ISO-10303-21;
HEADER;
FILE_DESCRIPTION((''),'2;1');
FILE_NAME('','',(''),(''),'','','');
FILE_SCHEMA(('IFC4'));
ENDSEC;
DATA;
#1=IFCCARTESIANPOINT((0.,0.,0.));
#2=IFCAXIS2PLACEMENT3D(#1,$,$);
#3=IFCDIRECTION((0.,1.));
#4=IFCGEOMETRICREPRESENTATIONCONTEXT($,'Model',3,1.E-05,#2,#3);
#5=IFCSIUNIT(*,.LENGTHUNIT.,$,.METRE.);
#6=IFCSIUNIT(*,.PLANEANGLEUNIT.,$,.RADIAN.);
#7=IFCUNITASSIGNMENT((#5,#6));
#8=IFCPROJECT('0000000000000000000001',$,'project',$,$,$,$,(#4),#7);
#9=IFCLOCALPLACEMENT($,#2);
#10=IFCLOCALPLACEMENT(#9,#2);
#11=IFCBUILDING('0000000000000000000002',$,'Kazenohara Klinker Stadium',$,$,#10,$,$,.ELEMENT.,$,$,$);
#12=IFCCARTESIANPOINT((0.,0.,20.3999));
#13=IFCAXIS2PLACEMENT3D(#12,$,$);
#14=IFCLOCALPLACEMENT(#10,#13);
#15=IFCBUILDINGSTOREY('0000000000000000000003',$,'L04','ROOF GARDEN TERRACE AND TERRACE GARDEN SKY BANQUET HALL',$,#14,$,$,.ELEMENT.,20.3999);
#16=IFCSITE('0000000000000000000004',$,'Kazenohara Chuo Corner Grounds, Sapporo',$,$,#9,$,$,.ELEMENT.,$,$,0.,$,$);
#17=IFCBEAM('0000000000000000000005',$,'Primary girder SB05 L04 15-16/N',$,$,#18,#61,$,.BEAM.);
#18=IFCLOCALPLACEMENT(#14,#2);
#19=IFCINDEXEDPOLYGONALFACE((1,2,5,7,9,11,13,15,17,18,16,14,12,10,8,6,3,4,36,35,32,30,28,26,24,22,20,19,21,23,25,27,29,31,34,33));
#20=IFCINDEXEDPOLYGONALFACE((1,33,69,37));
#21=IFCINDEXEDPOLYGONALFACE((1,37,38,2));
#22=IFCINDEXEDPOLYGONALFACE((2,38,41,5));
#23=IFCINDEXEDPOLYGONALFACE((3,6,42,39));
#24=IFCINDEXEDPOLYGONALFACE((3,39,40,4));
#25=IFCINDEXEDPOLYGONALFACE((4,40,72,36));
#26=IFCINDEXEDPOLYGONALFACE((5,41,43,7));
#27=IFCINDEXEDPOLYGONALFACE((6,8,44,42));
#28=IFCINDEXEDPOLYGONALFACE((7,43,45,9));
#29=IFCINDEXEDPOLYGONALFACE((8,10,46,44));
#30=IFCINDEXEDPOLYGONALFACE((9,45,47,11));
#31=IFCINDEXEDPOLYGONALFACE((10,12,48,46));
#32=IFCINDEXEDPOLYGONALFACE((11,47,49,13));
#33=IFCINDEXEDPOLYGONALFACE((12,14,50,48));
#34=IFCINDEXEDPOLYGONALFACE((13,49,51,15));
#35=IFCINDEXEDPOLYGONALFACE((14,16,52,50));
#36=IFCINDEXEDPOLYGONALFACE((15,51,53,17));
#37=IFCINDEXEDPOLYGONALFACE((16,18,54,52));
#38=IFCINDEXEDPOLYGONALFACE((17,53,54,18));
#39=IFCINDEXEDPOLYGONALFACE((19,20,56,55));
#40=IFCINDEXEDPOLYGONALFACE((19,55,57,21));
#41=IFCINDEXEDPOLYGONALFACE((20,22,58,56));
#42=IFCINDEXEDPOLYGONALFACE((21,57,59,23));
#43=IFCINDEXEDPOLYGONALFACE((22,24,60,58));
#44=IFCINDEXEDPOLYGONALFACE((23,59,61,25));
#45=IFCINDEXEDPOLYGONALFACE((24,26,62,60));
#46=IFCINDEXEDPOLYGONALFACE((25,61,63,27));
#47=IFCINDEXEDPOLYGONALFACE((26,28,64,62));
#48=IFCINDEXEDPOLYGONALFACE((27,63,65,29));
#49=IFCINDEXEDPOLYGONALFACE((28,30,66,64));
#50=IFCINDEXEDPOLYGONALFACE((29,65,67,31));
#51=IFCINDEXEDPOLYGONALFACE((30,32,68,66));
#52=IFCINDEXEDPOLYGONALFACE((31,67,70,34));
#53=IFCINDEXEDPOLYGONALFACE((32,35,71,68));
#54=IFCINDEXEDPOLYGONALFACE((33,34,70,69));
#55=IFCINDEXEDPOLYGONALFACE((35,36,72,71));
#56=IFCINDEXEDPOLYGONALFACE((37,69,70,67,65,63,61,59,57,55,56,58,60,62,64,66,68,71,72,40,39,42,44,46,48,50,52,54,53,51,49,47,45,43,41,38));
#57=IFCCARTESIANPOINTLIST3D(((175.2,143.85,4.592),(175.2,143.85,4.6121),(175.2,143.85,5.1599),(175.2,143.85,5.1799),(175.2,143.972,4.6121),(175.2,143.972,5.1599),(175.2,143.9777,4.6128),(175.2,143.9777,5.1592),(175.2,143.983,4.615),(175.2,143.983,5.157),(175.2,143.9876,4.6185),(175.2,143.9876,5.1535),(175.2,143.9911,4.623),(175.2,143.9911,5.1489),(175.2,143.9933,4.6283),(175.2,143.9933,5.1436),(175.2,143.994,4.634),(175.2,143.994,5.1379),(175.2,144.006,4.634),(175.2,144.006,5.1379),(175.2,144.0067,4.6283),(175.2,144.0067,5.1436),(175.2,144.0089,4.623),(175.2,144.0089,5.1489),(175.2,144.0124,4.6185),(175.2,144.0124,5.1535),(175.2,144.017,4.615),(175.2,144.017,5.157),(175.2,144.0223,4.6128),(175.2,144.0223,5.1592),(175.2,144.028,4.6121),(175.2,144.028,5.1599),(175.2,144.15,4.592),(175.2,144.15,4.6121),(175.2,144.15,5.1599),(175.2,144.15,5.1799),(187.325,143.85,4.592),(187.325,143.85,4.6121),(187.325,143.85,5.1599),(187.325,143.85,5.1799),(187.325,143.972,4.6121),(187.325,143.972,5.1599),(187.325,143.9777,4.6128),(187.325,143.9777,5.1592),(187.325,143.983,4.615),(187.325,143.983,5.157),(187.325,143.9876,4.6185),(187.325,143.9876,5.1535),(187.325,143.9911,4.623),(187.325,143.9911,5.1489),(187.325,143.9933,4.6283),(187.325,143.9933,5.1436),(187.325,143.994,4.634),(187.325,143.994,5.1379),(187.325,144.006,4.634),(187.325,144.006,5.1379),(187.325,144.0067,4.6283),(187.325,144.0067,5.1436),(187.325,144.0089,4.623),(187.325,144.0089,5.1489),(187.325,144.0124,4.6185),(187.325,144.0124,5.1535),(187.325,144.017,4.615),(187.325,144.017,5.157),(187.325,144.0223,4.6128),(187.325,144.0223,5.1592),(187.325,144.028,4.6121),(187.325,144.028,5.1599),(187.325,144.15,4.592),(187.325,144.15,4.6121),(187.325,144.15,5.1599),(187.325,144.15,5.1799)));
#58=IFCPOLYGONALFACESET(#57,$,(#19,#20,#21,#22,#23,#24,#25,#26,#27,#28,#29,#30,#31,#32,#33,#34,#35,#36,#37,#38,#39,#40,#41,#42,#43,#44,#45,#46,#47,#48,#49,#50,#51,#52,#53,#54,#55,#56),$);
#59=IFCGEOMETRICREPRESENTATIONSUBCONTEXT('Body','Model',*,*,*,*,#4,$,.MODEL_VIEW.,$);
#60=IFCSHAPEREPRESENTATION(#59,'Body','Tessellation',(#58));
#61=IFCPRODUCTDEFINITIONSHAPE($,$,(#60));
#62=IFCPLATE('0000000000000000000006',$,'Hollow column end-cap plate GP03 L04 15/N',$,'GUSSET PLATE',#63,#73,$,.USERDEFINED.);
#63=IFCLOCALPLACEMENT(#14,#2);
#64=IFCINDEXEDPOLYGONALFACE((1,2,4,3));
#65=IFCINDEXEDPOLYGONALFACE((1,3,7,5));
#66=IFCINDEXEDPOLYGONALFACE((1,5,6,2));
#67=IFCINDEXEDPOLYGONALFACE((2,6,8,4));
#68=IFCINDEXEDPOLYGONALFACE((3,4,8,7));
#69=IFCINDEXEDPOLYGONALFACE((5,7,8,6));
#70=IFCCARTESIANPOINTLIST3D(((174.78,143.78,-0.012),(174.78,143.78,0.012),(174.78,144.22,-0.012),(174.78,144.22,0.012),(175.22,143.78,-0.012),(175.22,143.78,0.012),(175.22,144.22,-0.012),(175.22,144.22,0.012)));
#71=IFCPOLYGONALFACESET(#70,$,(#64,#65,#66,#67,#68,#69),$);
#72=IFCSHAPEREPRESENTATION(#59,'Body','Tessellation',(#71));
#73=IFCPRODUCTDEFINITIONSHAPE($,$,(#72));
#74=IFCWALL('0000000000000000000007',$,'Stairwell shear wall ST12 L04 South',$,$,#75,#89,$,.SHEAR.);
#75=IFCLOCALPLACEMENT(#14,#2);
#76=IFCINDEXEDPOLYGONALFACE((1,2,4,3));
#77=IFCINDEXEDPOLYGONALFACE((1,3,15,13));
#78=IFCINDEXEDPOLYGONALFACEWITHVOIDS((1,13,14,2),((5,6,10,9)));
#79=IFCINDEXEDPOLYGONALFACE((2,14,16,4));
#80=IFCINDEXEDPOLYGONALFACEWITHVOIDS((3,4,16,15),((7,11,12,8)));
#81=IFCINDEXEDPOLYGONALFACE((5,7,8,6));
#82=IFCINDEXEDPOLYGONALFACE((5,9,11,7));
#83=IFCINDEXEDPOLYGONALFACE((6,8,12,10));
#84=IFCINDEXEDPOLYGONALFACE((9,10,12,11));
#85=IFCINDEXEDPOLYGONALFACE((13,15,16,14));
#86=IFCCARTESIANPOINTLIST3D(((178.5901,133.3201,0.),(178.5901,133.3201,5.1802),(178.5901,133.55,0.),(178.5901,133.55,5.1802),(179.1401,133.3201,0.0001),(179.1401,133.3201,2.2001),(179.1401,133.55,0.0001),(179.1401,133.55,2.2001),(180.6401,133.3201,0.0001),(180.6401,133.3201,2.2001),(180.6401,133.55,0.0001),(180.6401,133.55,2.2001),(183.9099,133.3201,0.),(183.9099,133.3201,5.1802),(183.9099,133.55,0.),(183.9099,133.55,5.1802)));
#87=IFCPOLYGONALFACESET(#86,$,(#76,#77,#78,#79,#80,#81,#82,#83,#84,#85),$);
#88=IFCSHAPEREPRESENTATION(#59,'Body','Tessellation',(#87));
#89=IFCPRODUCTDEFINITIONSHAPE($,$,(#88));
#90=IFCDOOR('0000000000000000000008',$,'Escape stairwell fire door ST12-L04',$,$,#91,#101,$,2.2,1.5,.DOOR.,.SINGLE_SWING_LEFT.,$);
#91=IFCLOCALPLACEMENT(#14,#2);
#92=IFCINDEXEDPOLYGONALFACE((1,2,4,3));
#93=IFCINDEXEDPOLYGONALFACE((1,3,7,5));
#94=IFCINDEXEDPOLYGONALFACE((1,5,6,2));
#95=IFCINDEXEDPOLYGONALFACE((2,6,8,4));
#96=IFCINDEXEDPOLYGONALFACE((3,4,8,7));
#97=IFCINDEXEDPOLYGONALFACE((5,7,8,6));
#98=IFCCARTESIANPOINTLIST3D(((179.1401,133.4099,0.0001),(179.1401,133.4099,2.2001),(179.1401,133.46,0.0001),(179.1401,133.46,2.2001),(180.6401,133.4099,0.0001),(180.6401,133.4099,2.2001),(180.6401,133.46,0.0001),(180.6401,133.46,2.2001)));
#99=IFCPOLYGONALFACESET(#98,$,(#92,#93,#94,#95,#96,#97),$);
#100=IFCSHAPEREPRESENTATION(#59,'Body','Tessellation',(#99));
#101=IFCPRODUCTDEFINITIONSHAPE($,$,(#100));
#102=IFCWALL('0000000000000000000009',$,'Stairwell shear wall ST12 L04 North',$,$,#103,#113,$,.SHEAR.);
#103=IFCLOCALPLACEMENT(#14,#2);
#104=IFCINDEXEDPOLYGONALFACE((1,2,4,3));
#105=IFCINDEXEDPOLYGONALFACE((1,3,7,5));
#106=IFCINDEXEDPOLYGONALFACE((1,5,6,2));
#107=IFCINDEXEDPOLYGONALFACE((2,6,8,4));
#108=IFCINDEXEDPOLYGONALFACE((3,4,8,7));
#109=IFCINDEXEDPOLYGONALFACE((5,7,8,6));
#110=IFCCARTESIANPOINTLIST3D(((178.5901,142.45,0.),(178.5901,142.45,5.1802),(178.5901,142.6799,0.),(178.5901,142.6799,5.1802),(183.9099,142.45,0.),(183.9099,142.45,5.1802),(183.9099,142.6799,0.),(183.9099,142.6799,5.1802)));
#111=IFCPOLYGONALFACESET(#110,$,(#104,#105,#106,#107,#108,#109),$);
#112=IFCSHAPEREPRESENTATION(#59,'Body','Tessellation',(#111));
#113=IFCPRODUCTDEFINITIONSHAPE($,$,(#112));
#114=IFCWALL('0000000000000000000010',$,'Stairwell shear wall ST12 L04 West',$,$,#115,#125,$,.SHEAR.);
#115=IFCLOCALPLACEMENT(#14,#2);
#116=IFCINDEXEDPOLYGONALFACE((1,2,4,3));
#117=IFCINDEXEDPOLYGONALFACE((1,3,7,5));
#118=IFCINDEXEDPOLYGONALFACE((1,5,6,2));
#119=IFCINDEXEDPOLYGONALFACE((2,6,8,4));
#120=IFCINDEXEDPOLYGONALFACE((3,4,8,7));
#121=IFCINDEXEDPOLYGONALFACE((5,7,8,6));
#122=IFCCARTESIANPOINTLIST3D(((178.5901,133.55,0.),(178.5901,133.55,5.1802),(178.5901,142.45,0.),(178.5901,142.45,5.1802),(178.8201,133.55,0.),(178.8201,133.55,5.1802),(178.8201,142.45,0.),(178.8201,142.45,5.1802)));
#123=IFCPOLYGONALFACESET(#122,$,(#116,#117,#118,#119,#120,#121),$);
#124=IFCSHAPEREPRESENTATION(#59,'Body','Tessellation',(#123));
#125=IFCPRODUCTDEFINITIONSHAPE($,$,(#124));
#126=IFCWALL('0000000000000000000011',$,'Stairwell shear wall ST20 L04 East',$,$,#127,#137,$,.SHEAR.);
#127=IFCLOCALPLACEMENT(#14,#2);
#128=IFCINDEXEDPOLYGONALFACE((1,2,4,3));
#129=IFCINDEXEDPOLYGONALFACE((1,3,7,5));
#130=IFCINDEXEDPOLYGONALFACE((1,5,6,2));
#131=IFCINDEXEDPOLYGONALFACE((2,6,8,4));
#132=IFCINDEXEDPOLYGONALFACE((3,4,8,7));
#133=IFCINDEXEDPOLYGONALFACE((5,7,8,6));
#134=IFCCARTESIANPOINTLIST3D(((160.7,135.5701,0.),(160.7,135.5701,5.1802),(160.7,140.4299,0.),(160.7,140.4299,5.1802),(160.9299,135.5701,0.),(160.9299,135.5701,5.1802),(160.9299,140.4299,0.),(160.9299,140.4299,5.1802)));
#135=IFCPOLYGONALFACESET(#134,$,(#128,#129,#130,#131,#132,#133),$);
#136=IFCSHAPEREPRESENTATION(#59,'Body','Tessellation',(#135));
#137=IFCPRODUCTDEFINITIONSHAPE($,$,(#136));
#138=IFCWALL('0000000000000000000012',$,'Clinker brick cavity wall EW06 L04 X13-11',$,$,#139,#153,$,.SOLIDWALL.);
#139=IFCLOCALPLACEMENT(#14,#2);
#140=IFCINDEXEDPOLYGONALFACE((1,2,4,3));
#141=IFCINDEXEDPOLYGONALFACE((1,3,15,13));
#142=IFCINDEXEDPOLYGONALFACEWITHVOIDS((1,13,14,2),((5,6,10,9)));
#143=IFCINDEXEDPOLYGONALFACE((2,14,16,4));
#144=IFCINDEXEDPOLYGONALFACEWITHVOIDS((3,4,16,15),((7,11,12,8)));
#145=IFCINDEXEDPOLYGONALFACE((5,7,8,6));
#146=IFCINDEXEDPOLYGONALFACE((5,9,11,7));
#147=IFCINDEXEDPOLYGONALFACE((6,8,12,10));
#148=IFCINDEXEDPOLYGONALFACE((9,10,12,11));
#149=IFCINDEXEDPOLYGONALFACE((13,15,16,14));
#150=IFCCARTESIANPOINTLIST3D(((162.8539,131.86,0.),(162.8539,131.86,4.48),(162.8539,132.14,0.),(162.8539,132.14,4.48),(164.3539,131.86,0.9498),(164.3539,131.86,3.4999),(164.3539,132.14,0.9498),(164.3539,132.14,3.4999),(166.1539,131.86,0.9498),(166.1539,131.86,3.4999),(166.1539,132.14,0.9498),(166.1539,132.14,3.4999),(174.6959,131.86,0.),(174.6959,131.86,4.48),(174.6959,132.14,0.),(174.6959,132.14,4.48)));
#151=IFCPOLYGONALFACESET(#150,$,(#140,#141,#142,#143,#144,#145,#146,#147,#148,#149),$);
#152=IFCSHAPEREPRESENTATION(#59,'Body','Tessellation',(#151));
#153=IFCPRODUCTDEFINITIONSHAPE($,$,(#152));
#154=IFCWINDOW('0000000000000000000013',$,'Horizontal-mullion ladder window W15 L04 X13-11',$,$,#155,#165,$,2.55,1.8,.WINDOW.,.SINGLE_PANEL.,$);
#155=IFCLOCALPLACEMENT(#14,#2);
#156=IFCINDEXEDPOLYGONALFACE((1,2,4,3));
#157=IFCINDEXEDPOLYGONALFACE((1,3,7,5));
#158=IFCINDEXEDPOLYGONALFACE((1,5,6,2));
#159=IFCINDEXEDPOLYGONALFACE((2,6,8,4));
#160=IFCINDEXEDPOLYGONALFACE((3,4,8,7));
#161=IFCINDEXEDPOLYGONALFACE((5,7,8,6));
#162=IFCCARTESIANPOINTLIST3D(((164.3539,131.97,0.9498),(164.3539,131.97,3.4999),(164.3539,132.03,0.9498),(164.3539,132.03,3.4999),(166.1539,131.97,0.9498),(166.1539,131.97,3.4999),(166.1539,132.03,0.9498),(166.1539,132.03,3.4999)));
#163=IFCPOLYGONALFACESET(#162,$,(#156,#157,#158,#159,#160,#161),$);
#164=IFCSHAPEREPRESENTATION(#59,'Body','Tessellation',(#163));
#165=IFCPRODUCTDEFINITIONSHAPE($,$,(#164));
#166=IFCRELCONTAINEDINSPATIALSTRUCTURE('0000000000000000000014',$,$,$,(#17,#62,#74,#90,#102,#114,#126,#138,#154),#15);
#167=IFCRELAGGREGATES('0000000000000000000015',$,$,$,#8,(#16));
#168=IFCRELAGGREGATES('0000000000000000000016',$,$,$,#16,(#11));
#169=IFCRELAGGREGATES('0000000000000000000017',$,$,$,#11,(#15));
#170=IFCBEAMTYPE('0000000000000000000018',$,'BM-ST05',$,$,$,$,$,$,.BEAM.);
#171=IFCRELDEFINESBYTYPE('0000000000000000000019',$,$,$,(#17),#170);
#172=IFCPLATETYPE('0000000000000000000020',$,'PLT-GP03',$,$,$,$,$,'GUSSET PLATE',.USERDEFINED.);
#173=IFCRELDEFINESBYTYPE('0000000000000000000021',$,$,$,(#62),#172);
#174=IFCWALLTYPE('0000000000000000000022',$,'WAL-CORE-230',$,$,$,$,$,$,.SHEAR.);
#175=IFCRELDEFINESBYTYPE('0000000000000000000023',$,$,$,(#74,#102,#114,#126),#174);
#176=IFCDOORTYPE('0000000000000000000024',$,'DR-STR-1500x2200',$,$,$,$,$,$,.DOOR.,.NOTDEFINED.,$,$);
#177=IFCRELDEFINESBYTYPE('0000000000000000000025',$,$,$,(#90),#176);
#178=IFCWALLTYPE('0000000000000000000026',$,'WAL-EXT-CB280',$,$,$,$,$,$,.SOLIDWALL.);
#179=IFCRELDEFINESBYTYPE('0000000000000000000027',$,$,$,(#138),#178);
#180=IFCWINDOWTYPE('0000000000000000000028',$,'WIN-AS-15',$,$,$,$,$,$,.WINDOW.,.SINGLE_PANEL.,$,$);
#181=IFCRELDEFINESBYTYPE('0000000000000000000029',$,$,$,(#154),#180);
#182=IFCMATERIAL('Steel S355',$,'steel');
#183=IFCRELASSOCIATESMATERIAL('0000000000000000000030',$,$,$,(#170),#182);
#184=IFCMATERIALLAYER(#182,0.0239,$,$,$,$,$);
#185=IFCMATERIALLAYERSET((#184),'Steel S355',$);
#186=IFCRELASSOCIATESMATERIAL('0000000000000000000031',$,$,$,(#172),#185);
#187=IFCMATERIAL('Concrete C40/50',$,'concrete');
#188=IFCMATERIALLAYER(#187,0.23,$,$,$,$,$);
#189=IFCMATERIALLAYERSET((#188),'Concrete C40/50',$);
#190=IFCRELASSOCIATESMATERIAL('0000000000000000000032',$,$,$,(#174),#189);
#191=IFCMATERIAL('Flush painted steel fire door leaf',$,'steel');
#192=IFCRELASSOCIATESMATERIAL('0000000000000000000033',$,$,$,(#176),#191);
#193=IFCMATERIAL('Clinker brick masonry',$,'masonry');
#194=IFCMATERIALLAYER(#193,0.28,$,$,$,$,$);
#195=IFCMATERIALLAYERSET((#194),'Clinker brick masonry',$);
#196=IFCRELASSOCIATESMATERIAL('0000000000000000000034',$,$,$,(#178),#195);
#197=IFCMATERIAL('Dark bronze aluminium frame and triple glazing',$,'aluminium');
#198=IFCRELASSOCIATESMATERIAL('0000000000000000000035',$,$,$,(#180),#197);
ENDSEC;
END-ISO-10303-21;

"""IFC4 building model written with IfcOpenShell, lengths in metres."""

from ifc_helpers import new_model, si_unit, direction, frame, frame_2d, origin, origin_2d, place, context, subcontext, project, spatial, rectangle, i_section, extrude, material, layer, layer_set, material_profile, profile_set, type_object, element, fill, save


model = new_model("IFC4")

# Units and contexts
model_context = context("Model", 3, precision=1e-05, world=origin(), true_north=direction((0.0, 1.0)))
body_context = subcontext(model_context, "Body", "Model", "MODEL_VIEW")
ifc_project = project(units=[si_unit("LENGTHUNIT", "METRE"), si_unit("PLANEANGLEUNIT", "RADIAN")], contexts=[model_context])

# Site, building, storey
site_placement = place(None, origin())
site = spatial("IfcSite", under=ifc_project, at=site_placement, Name="Kazenohara Chuo Corner Grounds, Sapporo", CompositionType="ELEMENT", RefElevation=0.0)
building_placement = place(site_placement, origin())
building = spatial("IfcBuilding", under=site, at=building_placement, Name="Kazenohara Klinker Stadium", CompositionType="ELEMENT")
storey_placement = place(building_placement, frame((0.0, 0.0, 20.3999)))
storey = spatial("IfcBuildingStorey", under=building, at=storey_placement, Name="L04", Description="ROOF GARDEN TERRACE AND TERRACE GARDEN SKY BANQUET HALL", CompositionType="ELEMENT", Elevation=20.3999)

# Shared definitions
ifc_material_1 = material(Name="Concrete C40/50", Category="concrete")
ifc_material_2 = material(Name="Steel S355", Category="steel")

# Beam
ifc_material_profile_1 = material_profile(ifc_material_2, i_section(OverallWidth=0.3, OverallDepth=0.5879, WebThickness=0.012, FlangeThickness=0.02, FilletRadius=0.022, at=origin_2d()), Name="H-588x300x12x20")
ifc_profile_set_1 = profile_set([ifc_material_profile_1], Name="Steel S355")
beam_type_1 = type_object("IfcBeamType", Name="BM-ST05", PredefinedType="BEAM", material=ifc_profile_set_1)
beam_1_placement = place(storey_placement, frame((175.2, 144.0, 4.886), z_axis=(1.0, 0.0, 0.0), x_axis=(0.0, 1.0, 0.0)))
element("IfcBeam", 1, at=beam_1_placement, inside=storey, type_object=beam_type_1, Name="Primary girder SB05 L04 15-16/N", PredefinedType="BEAM", context=body_context, shape_type="SweptSolid", body=[
    extrude(i_section(OverallWidth=0.3, OverallDepth=0.5879, WebThickness=0.012, FlangeThickness=0.02, FilletRadius=0.022, at=origin_2d()), origin(), (0.0, 0.0, 1.0), 12.125),
])

# Plate
ifc_layer_1 = layer(ifc_material_2, 0.0239)
ifc_layer_set_1 = layer_set([ifc_layer_1], Name="Steel S355")
plate_type = type_object("IfcPlateType", Name="PLT-GP03", ElementType="GUSSET PLATE", PredefinedType="USERDEFINED", material=ifc_layer_set_1)
plate_placement = place(storey_placement, frame((175.0, 144.0, -0.012), z_axis=(0.0, 0.0, 1.0), x_axis=(1.0, 0.0, 0.0)))
element("IfcPlate", 2, at=plate_placement, inside=storey, type_object=plate_type, Name="Hollow column end-cap plate GP03 L04 15/N", ObjectType="GUSSET PLATE", PredefinedType="USERDEFINED", context=body_context, shape_type="SweptSolid", body=[
    extrude(rectangle(XDim=0.4399, YDim=0.4399, at=origin_2d()), origin(), (0.0, 0.0, 1.0), 0.0239),
])

# Wall, opening, door
ifc_layer_2 = layer(ifc_material_1, 0.23)
ifc_layer_set_2 = layer_set([ifc_layer_2], Name="Concrete C40/50")
wall_type_1 = type_object("IfcWallType", Name="WAL-CORE-230", PredefinedType="SHEAR", material=ifc_layer_set_2)
wall_1_placement = place(storey_placement, frame((178.5901, 133.4351, 0.0), z_axis=(0.0, 0.0, 1.0), x_axis=(1.0, 0.0, 0.0)))
wall_1 = element("IfcWall", 3, at=wall_1_placement, inside=storey, type_object=wall_type_1, Name="Stairwell shear wall ST12 L04 South", PredefinedType="SHEAR", context=body_context, shape_type="SweptSolid", body=[
    extrude(rectangle(XDim=5.3198, YDim=0.23, at=frame_2d((2.6599, 0.0))), origin(), (0.0, 0.0, 1.0), 5.1802),
])
opening_1_placement = place(wall_1_placement, frame((0.55, 0.0, 0.0)))
opening_1 = element("IfcOpeningElement", 4, at=opening_1_placement, cuts=wall_1, PredefinedType="OPENING", context=body_context, shape_type="SweptSolid", body=[
    extrude(rectangle(XDim=1.5, YDim=2.2, at=frame_2d((0.75, 1.1001))), frame((0.0, 0.125, 0.0), z_axis=(0.0, -1.0, 0.0), x_axis=(1.0, 0.0, 0.0)), (0.0, 0.0, 1.0), 0.25),
])
ifc_material_3 = material(Name="Flush painted steel fire door leaf", Category="steel")
door_type_1 = type_object("IfcDoorType", Name="DR-STR-1500x2200", OperationType="NOTDEFINED", PredefinedType="DOOR", material=ifc_material_3)
door_1_placement = place(opening_1_placement, origin())
door_1 = element("IfcDoor", 5, at=door_1_placement, inside=storey, type_object=door_type_1, Name="Escape stairwell fire door ST12-L04", OperationType="SINGLE_SWING_LEFT", OverallHeight=2.2, OverallWidth=1.5, PredefinedType="DOOR", context=body_context, shape_type="SweptSolid", body=[
    extrude(rectangle(XDim=1.5, YDim=2.2, at=frame_2d((0.75, 1.1001))), frame((0.0, 0.0249, 0.0), z_axis=(0.0, -1.0, 0.0), x_axis=(1.0, 0.0, 0.0)), (0.0, 0.0, 1.0), 0.05),
])
fill(opening_1, door_1)

# Walls
wall_2_placement = place(storey_placement, frame((178.5901, 142.5649, 0.0), z_axis=(0.0, 0.0, 1.0), x_axis=(1.0, 0.0, 0.0)))
element("IfcWall", 6, at=wall_2_placement, inside=storey, type_object=wall_type_1, Name="Stairwell shear wall ST12 L04 North", PredefinedType="SHEAR", context=body_context, shape_type="SweptSolid", body=[
    extrude(rectangle(XDim=5.3198, YDim=0.23, at=frame_2d((2.6599, 0.0))), origin(), (0.0, 0.0, 1.0), 5.1802),
])
wall_3_placement = place(storey_placement, frame((178.7051, 133.55, 0.0), z_axis=(0.0, 0.0, 1.0), x_axis=(0.0, 1.0, 0.0)))
element("IfcWall", 7, at=wall_3_placement, inside=storey, type_object=wall_type_1, Name="Stairwell shear wall ST12 L04 West", PredefinedType="SHEAR", context=body_context, shape_type="SweptSolid", body=[
    extrude(rectangle(XDim=8.8999, YDim=0.23, at=frame_2d((4.45, 0.0))), origin(), (0.0, 0.0, 1.0), 5.1802),
])
wall_4_placement = place(storey_placement, frame((160.8149, 135.5701, 0.0), z_axis=(0.0, 0.0, 1.0), x_axis=(0.0, 1.0, 0.0)))
element("IfcWall", 8, at=wall_4_placement, inside=storey, type_object=wall_type_1, Name="Stairwell shear wall ST20 L04 East", PredefinedType="SHEAR", context=body_context, shape_type="SweptSolid", body=[
    extrude(rectangle(XDim=4.8599, YDim=0.23, at=frame_2d((2.4299, 0.0))), origin(), (0.0, 0.0, 1.0), 5.1802),
])

# Wall, opening, window
ifc_material_4 = material(Name="Clinker brick masonry", Category="masonry")
ifc_layer_3 = layer(ifc_material_4, 0.28)
ifc_layer_set_3 = layer_set([ifc_layer_3], Name="Clinker brick masonry")
wall_type_2 = type_object("IfcWallType", Name="WAL-EXT-CB280", PredefinedType="SOLIDWALL", material=ifc_layer_set_3)
wall_5_placement = place(storey_placement, frame((162.854, 132.0, 0.0), z_axis=(0.0, 0.0, 1.0), x_axis=(1.0, 0.0, 0.0)))
wall_5 = element("IfcWall", 9, at=wall_5_placement, inside=storey, type_object=wall_type_2, Name="Clinker brick cavity wall EW06 L04 X13-11", PredefinedType="SOLIDWALL", context=body_context, shape_type="SweptSolid", body=[
    extrude(rectangle(XDim=11.842, YDim=0.28, at=frame_2d((5.9209, 0.0))), origin(), (0.0, 0.0, 1.0), 4.48),
])
opening_2_placement = place(wall_5_placement, frame((1.5, 0.0, 0.95)))
opening_2 = element("IfcOpeningElement", 10, at=opening_2_placement, cuts=wall_5, PredefinedType="OPENING", context=body_context, shape_type="SweptSolid", body=[
    extrude(rectangle(XDim=1.8, YDim=2.55, at=frame_2d((0.8999, 1.2749))), frame((0.0, 0.1499, 0.0), z_axis=(0.0, -1.0, 0.0), x_axis=(1.0, 0.0, 0.0)), (0.0, 0.0, 1.0), 0.3),
])
ifc_material_5 = material(Name="Dark bronze aluminium frame and triple glazing", Category="aluminium")
window_type = type_object("IfcWindowType", Name="WIN-AS-15", PartitioningType="SINGLE_PANEL", PredefinedType="WINDOW", material=ifc_material_5)
window_placement = place(opening_2_placement, origin())
window = element("IfcWindow", 11, at=window_placement, inside=storey, type_object=window_type, Name="Horizontal-mullion ladder window W15 L04 X13-11", OverallHeight=2.55, OverallWidth=1.8, PartitioningType="SINGLE_PANEL", PredefinedType="WINDOW", context=body_context, shape_type="SweptSolid", body=[
    extrude(rectangle(XDim=1.8, YDim=2.55, at=frame_2d((0.8999, 1.2749))), frame((0.0, 0.03, 0.0), z_axis=(0.0, -1.0, 0.0), x_axis=(1.0, 0.0, 0.0)), (0.0, 0.0, 1.0), 0.0601),
])
fill(opening_2, window)

save(model, "model.ifc")
